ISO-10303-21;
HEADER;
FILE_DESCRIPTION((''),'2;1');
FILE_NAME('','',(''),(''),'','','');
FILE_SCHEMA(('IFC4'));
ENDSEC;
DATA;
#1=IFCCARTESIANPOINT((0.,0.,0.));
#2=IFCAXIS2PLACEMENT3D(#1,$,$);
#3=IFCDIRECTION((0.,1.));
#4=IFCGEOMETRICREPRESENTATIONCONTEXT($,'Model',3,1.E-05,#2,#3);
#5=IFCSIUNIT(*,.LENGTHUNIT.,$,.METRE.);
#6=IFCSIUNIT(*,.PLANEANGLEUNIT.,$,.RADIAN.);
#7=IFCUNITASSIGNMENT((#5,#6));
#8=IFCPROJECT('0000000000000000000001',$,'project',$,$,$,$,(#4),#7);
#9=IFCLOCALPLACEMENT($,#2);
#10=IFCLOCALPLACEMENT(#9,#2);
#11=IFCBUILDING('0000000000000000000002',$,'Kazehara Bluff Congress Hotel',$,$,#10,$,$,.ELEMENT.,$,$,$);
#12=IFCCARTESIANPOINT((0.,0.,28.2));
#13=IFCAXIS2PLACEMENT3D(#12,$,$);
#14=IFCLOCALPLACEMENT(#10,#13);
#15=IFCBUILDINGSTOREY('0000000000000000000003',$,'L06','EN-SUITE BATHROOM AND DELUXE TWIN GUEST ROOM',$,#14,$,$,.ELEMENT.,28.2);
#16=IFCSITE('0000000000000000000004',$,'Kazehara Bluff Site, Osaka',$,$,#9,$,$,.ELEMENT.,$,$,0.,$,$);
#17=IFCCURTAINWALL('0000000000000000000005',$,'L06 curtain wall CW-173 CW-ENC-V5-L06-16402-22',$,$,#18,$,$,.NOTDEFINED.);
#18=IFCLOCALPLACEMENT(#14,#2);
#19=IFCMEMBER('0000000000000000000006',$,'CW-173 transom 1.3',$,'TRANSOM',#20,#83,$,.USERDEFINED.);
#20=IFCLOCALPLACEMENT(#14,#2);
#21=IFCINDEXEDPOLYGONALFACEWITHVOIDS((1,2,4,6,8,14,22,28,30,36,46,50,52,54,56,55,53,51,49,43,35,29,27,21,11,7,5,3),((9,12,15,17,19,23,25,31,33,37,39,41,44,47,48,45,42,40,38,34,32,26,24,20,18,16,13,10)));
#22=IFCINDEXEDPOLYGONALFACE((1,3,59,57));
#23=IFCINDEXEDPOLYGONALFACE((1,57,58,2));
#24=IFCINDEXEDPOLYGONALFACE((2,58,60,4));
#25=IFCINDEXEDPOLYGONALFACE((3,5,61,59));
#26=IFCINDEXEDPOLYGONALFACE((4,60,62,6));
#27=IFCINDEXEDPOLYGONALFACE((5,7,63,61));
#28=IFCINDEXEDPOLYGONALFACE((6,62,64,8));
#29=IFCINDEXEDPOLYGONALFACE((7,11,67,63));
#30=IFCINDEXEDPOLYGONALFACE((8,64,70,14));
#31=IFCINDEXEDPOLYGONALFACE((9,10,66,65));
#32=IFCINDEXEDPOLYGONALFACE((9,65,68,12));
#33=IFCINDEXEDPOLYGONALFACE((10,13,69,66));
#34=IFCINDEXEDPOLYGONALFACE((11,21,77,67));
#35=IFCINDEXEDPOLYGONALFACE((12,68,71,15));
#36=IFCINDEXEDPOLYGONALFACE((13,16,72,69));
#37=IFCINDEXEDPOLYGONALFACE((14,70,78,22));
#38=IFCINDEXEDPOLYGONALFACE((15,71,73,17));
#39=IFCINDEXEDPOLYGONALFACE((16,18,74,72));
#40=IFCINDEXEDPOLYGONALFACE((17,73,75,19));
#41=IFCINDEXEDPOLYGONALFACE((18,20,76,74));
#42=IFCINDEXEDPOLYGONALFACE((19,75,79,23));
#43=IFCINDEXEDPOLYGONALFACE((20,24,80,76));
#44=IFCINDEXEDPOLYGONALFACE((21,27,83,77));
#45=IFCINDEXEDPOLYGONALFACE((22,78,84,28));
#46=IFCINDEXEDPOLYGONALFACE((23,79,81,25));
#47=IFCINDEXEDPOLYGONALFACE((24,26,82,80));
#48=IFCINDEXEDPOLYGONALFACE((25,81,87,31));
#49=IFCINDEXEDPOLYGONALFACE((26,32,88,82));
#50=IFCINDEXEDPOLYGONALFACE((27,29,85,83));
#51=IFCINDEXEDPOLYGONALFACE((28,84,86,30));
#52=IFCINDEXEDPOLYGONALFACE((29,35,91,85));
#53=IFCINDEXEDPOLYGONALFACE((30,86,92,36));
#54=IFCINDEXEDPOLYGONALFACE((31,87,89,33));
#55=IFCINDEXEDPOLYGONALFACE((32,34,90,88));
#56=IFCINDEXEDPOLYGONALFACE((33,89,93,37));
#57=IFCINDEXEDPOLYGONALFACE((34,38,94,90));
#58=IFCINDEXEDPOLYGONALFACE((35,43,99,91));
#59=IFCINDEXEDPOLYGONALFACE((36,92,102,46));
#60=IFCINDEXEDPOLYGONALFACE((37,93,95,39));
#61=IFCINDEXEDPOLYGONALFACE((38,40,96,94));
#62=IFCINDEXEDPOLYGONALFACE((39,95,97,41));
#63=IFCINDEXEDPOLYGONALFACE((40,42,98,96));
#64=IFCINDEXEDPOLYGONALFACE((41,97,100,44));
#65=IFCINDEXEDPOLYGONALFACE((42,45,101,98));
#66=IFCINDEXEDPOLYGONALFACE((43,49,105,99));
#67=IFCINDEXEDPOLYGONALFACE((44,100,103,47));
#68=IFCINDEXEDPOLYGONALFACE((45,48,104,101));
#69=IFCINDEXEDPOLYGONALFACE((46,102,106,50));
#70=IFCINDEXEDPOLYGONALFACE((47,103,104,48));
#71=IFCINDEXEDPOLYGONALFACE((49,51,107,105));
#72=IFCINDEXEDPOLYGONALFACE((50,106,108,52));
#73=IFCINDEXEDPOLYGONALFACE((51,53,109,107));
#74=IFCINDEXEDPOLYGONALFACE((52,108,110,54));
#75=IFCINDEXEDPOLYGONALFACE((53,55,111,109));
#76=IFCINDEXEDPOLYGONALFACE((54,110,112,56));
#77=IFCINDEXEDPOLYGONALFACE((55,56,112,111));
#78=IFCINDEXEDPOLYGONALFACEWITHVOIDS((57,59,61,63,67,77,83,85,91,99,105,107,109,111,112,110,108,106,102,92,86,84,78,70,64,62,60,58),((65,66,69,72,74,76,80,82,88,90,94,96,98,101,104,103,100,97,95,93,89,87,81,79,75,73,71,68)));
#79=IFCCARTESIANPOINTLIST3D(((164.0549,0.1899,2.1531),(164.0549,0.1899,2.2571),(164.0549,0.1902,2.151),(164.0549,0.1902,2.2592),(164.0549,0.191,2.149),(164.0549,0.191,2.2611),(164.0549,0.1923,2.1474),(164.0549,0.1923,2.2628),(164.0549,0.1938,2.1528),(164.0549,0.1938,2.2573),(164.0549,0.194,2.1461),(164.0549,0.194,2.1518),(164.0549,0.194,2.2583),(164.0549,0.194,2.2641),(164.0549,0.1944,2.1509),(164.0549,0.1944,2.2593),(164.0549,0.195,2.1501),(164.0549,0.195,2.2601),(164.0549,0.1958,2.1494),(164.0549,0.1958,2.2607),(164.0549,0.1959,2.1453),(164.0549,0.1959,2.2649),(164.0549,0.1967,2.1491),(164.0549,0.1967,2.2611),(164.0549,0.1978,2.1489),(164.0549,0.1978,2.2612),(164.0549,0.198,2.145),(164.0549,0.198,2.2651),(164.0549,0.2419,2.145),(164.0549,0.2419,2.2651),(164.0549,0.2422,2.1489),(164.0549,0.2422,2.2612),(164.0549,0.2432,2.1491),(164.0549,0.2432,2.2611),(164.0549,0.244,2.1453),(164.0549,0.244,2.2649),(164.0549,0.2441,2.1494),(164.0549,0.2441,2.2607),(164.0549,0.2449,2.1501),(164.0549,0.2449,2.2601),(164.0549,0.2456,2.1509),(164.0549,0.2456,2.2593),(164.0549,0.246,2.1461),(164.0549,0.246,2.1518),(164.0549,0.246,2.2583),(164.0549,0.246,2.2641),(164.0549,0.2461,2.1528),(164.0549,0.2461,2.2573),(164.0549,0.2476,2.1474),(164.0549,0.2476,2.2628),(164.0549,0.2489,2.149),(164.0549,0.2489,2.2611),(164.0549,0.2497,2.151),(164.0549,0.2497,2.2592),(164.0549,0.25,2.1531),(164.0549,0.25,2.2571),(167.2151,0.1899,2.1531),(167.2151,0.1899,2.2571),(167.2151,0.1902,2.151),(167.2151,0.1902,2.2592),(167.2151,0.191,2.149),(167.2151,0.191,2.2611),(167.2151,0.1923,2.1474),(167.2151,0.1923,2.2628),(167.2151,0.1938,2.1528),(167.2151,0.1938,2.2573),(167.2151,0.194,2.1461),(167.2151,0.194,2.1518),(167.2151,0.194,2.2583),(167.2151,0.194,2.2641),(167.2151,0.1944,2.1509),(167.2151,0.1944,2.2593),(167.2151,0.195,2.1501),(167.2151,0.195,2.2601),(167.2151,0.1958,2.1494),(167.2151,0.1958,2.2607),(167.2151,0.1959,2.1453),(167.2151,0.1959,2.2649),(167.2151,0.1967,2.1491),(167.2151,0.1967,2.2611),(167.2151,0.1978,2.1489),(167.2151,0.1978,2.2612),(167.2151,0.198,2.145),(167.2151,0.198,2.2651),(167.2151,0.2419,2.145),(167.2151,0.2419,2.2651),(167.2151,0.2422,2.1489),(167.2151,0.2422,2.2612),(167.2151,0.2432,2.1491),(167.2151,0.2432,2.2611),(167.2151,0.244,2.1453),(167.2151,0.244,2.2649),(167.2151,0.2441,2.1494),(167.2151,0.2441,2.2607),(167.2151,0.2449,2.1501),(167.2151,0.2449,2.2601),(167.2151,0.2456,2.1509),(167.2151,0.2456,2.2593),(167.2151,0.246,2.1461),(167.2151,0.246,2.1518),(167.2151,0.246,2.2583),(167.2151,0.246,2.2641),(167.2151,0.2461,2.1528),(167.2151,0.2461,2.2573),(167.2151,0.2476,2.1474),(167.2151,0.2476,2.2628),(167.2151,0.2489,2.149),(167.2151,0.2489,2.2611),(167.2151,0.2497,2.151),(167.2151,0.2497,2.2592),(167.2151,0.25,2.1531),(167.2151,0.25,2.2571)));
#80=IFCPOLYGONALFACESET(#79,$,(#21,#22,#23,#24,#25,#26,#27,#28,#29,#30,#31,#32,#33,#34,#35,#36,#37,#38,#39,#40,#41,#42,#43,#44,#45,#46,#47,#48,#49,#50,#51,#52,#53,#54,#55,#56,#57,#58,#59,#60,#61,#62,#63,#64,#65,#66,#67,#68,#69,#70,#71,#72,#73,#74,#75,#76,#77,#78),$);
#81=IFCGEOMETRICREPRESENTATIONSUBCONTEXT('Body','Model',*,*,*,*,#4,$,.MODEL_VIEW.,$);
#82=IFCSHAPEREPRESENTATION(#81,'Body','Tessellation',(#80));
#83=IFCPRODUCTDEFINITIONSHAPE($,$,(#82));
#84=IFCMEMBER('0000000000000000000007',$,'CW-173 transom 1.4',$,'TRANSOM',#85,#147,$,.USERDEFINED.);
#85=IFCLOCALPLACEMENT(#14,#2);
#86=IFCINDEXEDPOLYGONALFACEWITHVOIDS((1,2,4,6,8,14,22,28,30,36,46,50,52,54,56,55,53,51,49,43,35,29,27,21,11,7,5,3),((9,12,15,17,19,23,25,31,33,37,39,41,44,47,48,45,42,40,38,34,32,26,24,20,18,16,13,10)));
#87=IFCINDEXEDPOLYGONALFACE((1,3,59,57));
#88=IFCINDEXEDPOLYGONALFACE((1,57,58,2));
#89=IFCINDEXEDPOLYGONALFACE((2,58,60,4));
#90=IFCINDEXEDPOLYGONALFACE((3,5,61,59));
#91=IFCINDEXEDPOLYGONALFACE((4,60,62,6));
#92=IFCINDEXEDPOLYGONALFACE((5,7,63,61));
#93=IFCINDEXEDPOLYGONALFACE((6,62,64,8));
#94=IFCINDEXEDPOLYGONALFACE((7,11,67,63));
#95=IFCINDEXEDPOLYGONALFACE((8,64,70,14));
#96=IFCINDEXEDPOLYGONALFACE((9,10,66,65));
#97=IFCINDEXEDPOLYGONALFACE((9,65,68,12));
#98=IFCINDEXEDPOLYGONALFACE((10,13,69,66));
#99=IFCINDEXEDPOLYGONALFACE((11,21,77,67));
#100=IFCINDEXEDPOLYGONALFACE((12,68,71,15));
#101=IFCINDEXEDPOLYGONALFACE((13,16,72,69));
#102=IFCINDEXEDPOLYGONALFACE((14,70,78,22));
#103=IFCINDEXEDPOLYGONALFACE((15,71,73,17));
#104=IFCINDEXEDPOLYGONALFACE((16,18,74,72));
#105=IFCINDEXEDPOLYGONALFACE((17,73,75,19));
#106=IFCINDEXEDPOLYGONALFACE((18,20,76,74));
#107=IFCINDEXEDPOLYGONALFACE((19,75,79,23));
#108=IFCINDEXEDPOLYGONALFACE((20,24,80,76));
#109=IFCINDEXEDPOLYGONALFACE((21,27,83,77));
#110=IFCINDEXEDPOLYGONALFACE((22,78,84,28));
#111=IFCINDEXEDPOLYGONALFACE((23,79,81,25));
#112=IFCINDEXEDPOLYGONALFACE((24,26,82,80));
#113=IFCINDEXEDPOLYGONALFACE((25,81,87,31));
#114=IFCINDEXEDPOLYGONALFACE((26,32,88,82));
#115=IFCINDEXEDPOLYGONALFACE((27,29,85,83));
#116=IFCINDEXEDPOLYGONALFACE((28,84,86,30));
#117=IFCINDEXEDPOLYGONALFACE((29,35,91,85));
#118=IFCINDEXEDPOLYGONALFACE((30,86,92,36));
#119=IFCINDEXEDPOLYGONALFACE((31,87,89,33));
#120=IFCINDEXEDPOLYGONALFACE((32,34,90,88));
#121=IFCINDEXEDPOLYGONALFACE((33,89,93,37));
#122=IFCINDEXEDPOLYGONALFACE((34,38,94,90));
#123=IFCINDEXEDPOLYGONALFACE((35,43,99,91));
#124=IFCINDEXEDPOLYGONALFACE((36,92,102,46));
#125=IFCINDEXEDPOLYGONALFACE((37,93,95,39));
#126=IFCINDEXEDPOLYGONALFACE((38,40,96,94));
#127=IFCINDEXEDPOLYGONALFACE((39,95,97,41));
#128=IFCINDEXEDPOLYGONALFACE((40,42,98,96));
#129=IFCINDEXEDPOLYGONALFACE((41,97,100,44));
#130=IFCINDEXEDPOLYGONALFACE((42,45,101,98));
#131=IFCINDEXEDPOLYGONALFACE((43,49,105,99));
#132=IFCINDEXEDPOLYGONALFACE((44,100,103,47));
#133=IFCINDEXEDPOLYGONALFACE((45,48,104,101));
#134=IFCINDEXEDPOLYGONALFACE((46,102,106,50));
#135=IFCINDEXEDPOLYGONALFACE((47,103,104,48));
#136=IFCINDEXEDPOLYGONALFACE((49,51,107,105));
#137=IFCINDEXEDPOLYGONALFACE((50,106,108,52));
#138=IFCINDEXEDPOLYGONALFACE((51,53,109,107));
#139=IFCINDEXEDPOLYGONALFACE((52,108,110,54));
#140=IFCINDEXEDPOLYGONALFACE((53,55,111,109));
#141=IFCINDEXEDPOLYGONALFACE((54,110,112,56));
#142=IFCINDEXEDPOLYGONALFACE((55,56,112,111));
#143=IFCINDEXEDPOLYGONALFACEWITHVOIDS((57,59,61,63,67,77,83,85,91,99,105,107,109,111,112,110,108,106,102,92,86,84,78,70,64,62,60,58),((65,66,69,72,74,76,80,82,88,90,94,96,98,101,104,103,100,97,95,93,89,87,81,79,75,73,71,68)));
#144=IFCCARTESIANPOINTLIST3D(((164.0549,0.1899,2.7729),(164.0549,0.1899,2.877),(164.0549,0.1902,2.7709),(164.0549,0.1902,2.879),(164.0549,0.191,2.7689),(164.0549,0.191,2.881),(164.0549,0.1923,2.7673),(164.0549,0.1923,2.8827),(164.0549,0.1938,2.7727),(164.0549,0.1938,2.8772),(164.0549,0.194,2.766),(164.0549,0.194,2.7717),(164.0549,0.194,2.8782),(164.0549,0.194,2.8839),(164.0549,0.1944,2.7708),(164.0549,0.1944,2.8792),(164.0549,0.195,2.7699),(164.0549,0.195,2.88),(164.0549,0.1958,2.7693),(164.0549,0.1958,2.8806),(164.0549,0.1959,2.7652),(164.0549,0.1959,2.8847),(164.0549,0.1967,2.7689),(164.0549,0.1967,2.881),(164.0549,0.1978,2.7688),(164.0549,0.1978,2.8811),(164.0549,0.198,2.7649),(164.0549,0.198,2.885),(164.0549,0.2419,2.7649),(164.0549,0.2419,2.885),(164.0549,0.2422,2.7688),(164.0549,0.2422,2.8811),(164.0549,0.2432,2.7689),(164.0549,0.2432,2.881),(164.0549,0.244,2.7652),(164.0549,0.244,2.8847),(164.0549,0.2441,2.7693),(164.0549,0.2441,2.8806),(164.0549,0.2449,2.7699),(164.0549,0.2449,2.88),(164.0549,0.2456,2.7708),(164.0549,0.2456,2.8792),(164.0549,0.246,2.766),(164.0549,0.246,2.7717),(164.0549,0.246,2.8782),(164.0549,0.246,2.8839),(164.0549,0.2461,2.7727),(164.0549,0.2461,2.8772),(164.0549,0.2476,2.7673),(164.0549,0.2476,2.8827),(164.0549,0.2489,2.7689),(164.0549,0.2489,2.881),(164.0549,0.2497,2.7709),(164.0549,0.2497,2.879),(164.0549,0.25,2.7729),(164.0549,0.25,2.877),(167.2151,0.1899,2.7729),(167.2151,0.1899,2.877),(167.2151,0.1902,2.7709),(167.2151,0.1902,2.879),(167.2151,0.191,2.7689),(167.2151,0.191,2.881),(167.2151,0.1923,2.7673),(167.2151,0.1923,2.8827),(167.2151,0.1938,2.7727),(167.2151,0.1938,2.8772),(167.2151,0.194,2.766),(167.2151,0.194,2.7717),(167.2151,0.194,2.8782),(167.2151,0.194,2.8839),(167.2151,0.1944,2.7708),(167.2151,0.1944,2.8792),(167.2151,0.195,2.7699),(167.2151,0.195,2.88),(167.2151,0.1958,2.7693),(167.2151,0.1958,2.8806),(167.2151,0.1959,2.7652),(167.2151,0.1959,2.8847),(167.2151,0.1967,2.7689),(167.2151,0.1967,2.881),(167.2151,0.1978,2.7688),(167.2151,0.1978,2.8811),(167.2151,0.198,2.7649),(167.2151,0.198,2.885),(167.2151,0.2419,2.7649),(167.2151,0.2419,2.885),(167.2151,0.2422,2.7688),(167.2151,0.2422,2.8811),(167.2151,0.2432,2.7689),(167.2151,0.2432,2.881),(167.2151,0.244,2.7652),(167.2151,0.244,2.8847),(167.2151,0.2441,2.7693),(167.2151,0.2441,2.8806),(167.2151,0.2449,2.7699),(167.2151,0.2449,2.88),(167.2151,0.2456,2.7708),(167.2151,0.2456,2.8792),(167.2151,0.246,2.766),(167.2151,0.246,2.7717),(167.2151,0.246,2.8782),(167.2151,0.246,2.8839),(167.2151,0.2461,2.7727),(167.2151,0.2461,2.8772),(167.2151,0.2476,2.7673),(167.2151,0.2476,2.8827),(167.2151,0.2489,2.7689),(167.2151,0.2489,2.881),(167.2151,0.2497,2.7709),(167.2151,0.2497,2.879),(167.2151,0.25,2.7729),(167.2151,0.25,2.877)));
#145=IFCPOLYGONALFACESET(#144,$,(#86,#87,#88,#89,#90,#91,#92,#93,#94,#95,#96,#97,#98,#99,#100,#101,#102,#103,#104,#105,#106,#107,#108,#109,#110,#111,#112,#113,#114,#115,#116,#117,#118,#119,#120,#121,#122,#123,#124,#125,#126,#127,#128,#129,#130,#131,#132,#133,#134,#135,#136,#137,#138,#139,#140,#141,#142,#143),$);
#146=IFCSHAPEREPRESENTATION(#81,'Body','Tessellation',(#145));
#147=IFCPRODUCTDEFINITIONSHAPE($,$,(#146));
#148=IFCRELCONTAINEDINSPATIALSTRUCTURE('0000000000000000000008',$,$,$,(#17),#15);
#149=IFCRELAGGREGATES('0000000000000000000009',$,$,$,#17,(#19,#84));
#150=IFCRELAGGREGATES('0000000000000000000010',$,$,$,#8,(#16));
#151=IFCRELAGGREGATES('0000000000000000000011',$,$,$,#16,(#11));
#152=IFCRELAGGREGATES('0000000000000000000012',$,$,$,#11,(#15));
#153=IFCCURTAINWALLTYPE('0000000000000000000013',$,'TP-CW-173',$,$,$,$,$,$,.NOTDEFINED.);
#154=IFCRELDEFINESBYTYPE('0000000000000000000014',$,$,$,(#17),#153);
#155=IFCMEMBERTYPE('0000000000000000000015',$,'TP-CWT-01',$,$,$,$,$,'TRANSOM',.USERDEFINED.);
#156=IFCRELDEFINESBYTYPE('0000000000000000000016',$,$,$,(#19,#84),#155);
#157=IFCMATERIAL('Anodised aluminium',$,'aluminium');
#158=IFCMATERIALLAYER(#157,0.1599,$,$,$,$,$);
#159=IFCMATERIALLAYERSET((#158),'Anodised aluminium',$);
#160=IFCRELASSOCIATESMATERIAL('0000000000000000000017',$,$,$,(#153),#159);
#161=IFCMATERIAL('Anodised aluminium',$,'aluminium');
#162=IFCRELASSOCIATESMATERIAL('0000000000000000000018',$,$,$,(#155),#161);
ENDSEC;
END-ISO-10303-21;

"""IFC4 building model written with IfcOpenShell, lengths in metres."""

from ifc_helpers import new_model, si_unit, direction, frame, origin, origin_2d, place, context, subcontext, project, spatial, hollow_rectangle, extrude, material, layer, layer_set, material_profile, profile_set, type_object, element, aggregate, save


model = new_model("IFC4")

# Units and contexts
model_context = context("Model", 3, precision=1e-05, world=origin(), true_north=direction((0.0, 1.0)))
body_context = subcontext(model_context, "Body", "Model", "MODEL_VIEW")
ifc_project = project(units=[si_unit("LENGTHUNIT", "METRE"), si_unit("PLANEANGLEUNIT", "RADIAN")], contexts=[model_context])

# Site, building, storey
site_placement = place(None, origin())
site = spatial("IfcSite", under=ifc_project, at=site_placement, Name="Kazehara Bluff Site, Osaka", CompositionType="ELEMENT", RefElevation=0.0)
building_placement = place(site_placement, origin())
building = spatial("IfcBuilding", under=site, at=building_placement, Name="Kazehara Bluff Congress Hotel", CompositionType="ELEMENT")
storey_placement = place(building_placement, frame((0.0, 0.0, 28.2)))
storey = spatial("IfcBuildingStorey", under=building, at=storey_placement, Name="L06", Description="EN-SUITE BATHROOM AND DELUXE TWIN GUEST ROOM", CompositionType="ELEMENT", Elevation=28.2)

# Curtain wall
ifc_material_1 = material(Name="Anodised aluminium", Category="aluminium")
ifc_layer_1 = layer(ifc_material_1, 0.1599)
ifc_layer_set_1 = layer_set([ifc_layer_1], Name="Anodised aluminium")
curtain_wall_type_1 = type_object("IfcCurtainWallType", Name="TP-CW-173", PredefinedType="NOTDEFINED", material=ifc_layer_set_1)
curtain_wall_1_placement = place(storey_placement, origin())
curtain_wall_1 = element("IfcCurtainWall", 1, at=curtain_wall_1_placement, inside=storey, type_object=curtain_wall_type_1, Name="L06 curtain wall CW-173 CW-ENC-V5-L06-16402-22", PredefinedType="NOTDEFINED")

# Members
ifc_material_2 = material(Name="Anodised aluminium", Category="aluminium")
ifc_material_profile_1 = material_profile(ifc_material_2, hollow_rectangle(XDim=0.0601, YDim=0.1201, WallThickness=0.0039, InnerFilletRadius=0.0039, OuterFilletRadius=0.0081, at=origin_2d()))
ifc_profile_set_1 = profile_set([ifc_material_profile_1], Name="Anodised aluminium")
member_type_1 = type_object("IfcMemberType", Name="TP-CWT-01", ElementType="TRANSOM", PredefinedType="USERDEFINED", material=ifc_profile_set_1)
member_1_placement = place(storey_placement, frame((167.2151, 0.22, 2.2051), z_axis=(-1.0, 0.0, 0.0), x_axis=(0.0, -1.0, 0.0)))
member_1 = element("IfcMember", 2, at=member_1_placement, type_object=member_type_1, Name="CW-173 transom 1.3", ObjectType="TRANSOM", PredefinedType="USERDEFINED", context=body_context, shape_type="SweptSolid", body=[
    extrude(hollow_rectangle(XDim=0.0601, YDim=0.1201, WallThickness=0.0039, InnerFilletRadius=0.0039, OuterFilletRadius=0.0081, at=origin_2d()), origin(), (0.0, 0.0, 1.0), 3.1602),
])
member_2_placement = place(storey_placement, frame((167.2151, 0.22, 2.825), z_axis=(-1.0, 0.0, 0.0), x_axis=(0.0, -1.0, 0.0)))
member_2 = element("IfcMember", 3, at=member_2_placement, type_object=member_type_1, Name="CW-173 transom 1.4", ObjectType="TRANSOM", PredefinedType="USERDEFINED", context=body_context, shape_type="SweptSolid", body=[
    extrude(hollow_rectangle(XDim=0.0601, YDim=0.1201, WallThickness=0.0039, InnerFilletRadius=0.0039, OuterFilletRadius=0.0081, at=origin_2d()), origin(), (0.0, 0.0, 1.0), 3.1602),
])

aggregate(curtain_wall_1, [member_1, member_2])

save(model, "model.ifc")
